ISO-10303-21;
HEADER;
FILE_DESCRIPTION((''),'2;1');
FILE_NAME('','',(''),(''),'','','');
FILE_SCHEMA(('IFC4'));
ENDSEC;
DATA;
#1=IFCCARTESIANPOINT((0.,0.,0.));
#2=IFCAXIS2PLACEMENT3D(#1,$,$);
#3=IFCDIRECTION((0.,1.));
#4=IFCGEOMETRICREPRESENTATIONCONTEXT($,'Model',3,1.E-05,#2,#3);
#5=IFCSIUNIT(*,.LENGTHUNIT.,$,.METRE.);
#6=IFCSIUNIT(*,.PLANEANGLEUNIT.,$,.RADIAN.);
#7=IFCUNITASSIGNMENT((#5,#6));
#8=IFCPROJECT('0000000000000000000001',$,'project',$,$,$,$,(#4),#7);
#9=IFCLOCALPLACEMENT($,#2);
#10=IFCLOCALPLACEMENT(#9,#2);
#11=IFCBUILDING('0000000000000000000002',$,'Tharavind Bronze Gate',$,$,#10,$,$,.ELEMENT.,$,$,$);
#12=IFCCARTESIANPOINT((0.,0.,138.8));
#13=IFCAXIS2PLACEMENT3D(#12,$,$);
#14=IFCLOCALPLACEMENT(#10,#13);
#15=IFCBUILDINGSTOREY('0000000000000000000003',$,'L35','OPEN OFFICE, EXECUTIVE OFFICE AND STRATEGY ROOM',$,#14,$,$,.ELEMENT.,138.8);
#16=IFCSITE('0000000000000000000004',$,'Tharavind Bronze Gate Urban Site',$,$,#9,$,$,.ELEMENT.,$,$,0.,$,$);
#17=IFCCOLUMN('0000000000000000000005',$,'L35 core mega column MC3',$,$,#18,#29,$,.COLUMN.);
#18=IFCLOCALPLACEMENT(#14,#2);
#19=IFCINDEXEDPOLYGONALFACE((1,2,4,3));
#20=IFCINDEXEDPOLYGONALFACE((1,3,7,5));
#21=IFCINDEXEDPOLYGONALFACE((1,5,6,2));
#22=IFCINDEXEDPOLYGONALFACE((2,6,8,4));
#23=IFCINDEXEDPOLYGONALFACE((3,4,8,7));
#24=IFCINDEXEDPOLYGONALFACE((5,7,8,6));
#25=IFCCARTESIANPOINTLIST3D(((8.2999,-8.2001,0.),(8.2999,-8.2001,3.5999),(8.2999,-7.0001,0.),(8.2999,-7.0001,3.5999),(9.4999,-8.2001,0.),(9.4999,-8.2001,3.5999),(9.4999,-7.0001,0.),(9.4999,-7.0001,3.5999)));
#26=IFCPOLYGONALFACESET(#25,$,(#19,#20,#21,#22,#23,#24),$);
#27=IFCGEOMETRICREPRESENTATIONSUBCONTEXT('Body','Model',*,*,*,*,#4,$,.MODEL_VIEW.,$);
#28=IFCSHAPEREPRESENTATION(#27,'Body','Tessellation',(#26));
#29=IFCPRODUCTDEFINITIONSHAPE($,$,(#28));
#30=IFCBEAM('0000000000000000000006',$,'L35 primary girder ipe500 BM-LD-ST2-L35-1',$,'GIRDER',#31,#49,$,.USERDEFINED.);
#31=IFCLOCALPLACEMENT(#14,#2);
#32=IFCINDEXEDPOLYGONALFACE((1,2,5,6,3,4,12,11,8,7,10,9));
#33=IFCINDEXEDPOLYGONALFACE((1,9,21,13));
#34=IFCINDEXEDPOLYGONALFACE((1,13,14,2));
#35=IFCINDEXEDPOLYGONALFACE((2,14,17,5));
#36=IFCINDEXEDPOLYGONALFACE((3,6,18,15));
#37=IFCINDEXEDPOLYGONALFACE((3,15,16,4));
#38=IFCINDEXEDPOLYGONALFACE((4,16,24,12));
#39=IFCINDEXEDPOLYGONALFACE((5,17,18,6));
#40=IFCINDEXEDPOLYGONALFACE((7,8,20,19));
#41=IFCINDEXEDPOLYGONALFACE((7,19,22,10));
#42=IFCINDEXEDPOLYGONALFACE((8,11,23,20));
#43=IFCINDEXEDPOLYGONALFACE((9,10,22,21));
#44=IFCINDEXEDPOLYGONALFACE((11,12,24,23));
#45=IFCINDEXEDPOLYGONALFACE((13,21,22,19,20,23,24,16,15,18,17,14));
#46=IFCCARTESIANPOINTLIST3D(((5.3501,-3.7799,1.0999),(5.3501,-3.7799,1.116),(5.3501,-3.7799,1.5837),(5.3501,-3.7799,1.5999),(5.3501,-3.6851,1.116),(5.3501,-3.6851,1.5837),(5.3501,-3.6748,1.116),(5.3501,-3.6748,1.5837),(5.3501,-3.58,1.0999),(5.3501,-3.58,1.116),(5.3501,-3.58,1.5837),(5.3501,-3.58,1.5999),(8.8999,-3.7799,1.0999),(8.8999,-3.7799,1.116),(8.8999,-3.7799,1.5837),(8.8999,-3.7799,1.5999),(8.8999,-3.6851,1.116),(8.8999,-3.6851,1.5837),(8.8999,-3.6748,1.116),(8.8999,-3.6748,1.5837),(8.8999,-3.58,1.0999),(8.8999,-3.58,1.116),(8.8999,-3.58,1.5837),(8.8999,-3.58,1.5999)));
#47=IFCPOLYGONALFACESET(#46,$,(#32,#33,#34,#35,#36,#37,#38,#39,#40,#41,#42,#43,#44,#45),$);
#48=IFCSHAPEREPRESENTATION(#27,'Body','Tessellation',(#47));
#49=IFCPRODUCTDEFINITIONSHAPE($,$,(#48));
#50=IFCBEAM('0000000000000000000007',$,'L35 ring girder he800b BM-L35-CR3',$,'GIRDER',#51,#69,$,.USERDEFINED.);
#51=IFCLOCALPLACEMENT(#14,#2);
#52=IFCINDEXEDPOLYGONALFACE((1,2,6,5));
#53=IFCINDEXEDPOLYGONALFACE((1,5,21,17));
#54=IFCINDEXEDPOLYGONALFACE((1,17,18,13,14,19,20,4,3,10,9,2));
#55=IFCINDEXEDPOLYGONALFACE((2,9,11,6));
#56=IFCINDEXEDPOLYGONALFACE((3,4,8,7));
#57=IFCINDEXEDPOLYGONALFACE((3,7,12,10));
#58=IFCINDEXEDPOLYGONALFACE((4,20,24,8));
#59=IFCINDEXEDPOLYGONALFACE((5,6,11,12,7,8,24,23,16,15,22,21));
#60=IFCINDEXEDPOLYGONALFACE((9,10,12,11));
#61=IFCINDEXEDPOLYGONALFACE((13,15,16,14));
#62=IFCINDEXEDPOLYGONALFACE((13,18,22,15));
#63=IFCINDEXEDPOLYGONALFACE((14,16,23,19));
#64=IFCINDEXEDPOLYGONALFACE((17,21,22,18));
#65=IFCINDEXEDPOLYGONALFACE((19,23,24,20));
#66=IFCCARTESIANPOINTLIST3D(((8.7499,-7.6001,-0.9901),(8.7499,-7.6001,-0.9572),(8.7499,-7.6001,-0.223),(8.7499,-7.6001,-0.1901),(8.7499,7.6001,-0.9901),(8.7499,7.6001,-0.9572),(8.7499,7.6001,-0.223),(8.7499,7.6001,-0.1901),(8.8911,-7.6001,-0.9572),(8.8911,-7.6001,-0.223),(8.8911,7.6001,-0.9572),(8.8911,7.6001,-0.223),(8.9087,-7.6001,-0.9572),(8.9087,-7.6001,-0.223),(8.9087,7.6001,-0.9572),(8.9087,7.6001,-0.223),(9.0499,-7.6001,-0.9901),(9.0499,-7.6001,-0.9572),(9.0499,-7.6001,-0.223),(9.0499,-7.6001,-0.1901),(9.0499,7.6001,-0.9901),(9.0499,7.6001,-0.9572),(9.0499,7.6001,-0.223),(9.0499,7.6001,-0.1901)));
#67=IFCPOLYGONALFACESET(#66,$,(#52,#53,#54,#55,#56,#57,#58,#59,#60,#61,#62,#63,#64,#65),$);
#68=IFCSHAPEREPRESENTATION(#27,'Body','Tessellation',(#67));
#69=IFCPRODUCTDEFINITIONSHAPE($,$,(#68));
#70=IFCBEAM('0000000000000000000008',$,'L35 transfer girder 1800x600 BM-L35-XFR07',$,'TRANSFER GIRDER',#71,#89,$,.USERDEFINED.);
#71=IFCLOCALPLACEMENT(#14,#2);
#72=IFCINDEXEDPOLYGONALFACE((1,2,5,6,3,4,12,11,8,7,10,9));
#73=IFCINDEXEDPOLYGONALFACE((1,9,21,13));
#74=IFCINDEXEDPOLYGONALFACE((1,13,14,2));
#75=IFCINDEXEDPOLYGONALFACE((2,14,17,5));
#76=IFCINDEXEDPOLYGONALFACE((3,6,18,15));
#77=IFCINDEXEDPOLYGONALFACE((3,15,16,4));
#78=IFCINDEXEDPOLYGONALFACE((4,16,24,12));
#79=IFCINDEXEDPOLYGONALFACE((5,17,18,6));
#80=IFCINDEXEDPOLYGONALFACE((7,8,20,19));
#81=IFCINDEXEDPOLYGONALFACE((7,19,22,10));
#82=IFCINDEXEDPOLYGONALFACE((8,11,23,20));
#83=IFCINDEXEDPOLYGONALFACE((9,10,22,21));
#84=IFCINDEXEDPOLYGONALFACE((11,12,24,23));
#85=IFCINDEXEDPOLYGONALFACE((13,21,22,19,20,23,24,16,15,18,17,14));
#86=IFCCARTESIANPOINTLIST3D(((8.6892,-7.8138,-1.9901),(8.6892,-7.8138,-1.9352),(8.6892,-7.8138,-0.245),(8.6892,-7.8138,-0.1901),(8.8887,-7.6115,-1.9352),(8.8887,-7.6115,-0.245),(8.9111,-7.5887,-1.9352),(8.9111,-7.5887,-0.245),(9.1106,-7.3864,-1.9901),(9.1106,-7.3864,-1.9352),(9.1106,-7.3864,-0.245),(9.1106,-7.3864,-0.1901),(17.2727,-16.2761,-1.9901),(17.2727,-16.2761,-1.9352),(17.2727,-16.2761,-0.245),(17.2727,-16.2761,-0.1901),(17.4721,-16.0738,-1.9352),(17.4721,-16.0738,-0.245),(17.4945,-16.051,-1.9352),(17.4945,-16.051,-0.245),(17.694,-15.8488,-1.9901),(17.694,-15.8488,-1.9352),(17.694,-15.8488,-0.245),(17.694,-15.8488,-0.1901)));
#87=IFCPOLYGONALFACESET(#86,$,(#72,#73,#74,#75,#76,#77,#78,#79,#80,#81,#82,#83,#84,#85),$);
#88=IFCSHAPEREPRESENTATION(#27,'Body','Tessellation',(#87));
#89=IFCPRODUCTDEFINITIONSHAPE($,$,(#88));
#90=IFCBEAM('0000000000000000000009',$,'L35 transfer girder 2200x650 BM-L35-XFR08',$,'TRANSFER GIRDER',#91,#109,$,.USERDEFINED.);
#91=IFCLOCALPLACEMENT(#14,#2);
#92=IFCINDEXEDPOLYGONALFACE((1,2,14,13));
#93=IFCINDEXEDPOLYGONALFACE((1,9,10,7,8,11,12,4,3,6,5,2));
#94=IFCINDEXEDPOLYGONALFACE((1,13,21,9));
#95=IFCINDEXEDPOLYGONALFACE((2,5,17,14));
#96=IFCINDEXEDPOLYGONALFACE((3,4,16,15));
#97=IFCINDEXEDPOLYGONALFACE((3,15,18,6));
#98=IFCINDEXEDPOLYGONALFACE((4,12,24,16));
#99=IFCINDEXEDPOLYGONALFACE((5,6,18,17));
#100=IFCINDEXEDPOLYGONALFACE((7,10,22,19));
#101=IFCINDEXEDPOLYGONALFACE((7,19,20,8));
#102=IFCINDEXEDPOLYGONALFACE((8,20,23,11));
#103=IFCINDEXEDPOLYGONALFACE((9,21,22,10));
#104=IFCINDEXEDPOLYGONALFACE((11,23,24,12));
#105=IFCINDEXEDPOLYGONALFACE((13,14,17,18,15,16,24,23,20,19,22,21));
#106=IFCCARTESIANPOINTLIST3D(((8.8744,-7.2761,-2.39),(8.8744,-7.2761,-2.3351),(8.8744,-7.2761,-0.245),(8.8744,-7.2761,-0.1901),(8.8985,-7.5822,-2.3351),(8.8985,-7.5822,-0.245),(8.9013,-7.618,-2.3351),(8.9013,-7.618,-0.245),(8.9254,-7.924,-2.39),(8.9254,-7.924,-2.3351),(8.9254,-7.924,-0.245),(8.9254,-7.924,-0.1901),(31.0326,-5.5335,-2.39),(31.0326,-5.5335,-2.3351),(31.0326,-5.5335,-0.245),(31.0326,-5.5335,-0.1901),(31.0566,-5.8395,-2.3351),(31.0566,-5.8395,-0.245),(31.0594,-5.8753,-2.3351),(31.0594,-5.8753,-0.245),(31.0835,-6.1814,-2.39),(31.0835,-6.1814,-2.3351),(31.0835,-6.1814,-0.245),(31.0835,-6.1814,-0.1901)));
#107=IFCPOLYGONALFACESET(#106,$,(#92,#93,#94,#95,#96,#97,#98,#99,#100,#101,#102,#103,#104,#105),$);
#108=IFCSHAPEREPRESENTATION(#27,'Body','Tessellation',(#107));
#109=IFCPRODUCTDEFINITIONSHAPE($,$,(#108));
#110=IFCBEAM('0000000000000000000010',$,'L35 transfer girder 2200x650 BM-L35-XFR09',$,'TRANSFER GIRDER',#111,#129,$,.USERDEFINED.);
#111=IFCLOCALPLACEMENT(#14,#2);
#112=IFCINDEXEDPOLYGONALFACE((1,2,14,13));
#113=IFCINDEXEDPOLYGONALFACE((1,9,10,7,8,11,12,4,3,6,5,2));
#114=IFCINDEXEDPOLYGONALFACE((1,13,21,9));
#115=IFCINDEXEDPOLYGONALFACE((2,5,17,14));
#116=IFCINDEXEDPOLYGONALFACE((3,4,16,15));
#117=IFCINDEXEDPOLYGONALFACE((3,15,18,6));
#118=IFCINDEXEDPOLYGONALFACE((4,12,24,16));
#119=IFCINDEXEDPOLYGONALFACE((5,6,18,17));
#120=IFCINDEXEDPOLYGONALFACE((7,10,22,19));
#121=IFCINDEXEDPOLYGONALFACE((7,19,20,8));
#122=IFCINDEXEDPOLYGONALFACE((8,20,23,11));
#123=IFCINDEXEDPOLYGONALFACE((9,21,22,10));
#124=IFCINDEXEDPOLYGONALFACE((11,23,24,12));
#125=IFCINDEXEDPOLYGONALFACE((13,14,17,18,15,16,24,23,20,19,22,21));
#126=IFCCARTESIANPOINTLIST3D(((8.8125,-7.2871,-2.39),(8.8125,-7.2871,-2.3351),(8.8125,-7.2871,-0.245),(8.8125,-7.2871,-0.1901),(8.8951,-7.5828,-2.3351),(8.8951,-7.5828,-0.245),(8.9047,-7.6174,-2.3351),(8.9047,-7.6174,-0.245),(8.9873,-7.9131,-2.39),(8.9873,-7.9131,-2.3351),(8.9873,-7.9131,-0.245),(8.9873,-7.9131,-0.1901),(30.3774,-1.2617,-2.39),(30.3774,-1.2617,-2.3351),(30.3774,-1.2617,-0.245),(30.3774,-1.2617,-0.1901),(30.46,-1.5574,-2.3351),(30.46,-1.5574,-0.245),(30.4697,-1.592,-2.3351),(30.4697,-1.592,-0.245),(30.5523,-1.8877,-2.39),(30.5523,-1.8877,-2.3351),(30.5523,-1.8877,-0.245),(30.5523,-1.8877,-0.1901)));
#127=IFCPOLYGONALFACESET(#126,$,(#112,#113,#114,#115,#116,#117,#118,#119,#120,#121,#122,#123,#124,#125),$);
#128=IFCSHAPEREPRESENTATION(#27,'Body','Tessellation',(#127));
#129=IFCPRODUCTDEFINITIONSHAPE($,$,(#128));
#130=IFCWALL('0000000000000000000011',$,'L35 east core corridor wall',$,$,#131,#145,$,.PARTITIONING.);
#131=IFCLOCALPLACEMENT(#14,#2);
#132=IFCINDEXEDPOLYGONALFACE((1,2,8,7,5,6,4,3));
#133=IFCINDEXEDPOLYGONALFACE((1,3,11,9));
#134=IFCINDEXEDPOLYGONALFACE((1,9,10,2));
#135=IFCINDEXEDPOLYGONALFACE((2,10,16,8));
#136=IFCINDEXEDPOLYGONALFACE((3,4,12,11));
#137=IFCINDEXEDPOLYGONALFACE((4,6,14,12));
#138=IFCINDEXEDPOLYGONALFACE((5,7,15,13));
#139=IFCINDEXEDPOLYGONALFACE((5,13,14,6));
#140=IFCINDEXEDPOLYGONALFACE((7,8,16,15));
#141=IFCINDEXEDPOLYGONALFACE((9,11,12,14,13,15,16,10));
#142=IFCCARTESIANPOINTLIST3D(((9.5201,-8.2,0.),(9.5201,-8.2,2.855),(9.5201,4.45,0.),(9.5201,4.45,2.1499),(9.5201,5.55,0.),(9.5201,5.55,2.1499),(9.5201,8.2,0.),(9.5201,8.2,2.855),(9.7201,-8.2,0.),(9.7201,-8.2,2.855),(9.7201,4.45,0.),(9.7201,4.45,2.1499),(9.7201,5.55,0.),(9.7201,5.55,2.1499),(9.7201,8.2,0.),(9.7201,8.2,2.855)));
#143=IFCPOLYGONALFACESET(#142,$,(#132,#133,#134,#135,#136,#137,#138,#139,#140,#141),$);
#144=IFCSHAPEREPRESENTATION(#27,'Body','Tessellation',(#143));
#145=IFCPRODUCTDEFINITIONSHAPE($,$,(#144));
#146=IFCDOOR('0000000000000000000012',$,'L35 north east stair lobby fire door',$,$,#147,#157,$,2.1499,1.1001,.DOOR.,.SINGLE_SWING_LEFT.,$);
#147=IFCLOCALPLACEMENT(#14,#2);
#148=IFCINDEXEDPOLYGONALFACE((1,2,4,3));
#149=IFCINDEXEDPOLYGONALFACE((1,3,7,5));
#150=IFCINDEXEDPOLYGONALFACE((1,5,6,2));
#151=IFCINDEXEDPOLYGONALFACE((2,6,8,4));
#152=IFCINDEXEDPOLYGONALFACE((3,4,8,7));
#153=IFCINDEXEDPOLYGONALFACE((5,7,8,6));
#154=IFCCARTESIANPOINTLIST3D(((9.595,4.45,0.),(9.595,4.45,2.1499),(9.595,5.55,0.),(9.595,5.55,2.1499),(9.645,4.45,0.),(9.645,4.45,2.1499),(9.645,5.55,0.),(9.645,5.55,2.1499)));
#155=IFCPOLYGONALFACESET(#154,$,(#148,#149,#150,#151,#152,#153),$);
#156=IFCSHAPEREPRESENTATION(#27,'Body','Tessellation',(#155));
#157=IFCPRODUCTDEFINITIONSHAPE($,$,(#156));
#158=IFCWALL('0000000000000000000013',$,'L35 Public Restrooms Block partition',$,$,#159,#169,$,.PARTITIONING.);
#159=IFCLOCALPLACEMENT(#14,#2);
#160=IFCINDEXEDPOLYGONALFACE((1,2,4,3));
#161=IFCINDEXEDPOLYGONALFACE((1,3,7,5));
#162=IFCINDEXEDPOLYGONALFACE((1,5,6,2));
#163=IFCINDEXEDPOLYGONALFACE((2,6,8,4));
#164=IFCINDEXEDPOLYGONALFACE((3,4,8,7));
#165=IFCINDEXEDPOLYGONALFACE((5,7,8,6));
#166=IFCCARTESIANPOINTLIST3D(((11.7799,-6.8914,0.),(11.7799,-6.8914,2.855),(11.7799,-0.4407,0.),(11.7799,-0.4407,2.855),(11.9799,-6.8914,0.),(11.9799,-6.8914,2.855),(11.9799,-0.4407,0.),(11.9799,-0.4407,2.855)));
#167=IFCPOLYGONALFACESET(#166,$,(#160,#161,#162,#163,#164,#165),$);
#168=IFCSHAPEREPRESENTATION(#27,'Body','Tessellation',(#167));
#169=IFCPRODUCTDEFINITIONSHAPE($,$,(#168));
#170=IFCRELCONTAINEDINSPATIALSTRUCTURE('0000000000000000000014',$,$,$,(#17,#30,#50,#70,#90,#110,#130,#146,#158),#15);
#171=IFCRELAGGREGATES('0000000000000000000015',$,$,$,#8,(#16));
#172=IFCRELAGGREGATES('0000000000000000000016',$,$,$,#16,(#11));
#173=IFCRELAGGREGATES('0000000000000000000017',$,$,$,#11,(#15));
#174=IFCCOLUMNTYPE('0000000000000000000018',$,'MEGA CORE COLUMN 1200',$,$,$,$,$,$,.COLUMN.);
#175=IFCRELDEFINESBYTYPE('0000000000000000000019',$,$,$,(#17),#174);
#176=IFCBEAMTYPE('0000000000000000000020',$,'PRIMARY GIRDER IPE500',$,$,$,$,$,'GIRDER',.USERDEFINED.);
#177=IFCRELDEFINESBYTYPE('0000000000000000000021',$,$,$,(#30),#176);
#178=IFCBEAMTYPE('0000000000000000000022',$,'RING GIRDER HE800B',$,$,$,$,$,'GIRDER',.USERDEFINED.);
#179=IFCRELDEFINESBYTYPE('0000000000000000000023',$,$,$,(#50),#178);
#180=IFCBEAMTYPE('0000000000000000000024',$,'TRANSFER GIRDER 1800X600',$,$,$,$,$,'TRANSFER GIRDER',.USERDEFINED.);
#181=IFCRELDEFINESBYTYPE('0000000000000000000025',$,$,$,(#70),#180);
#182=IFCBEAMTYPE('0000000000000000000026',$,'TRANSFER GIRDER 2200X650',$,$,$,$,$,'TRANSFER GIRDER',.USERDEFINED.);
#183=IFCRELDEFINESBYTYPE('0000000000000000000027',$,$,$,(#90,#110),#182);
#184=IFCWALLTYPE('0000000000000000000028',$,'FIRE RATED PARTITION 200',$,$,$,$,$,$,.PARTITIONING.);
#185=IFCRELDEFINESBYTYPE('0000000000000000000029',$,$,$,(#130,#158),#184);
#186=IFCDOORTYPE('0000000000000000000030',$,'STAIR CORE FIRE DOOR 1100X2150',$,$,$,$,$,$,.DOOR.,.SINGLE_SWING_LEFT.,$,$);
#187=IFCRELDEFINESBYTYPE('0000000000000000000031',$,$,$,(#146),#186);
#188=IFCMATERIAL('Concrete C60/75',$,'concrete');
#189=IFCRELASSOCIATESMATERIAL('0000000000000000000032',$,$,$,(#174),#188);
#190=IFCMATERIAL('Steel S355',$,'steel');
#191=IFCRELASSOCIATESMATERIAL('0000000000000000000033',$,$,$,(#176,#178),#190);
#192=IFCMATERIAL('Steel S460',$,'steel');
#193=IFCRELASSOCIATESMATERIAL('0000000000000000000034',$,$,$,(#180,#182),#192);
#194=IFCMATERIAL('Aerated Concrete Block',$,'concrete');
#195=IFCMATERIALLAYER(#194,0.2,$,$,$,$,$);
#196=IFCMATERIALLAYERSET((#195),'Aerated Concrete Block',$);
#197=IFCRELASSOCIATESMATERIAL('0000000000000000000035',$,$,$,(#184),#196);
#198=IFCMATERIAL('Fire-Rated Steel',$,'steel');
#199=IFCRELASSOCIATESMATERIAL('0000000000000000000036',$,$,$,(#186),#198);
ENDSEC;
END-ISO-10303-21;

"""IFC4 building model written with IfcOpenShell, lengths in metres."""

from ifc_helpers import new_model, si_unit, direction, frame, frame_2d, origin, origin_2d, place, context, subcontext, project, spatial, rectangle, i_section, extrude, material, layer, layer_set, material_profile, profile_set, type_object, element, fill, save


model = new_model("IFC4")

# Units and contexts
model_context = context("Model", 3, precision=1e-05, world=origin(), true_north=direction((0.0, 1.0)))
body_context = subcontext(model_context, "Body", "Model", "MODEL_VIEW")
ifc_project = project(units=[si_unit("LENGTHUNIT", "METRE"), si_unit("PLANEANGLEUNIT", "RADIAN")], contexts=[model_context])

# Site, building, storey
site_placement = place(None, origin())
site = spatial("IfcSite", under=ifc_project, at=site_placement, Name="Tharavind Bronze Gate Urban Site", CompositionType="ELEMENT", RefElevation=0.0)
building_placement = place(site_placement, origin())
building = spatial("IfcBuilding", under=site, at=building_placement, Name="Tharavind Bronze Gate", CompositionType="ELEMENT")
storey_placement = place(building_placement, frame((0.0, 0.0, 138.8)))
storey = spatial("IfcBuildingStorey", under=building, at=storey_placement, Name="L35", Description="OPEN OFFICE, EXECUTIVE OFFICE AND STRATEGY ROOM", CompositionType="ELEMENT", Elevation=138.8)

# Column
ifc_material_1 = material(Name="Concrete C60/75", Category="concrete")
ifc_material_profile_1 = material_profile(ifc_material_1, rectangle(XDim=1.2, YDim=1.2, at=origin_2d()), Name="RCCOL1200")
ifc_profile_set_1 = profile_set([ifc_material_profile_1], Name="Concrete C60/75")
column_type = type_object("IfcColumnType", Name="MEGA CORE COLUMN 1200", PredefinedType="COLUMN", material=ifc_profile_set_1)
column_placement = place(storey_placement, frame((8.8999, -7.6001, 0.0), z_axis=(0.0, 0.0, 1.0), x_axis=(1.0, 0.0, 0.0)))
element("IfcColumn", 1, at=column_placement, inside=storey, type_object=column_type, Name="L35 core mega column MC3", PredefinedType="COLUMN", context=body_context, shape_type="SweptSolid", body=[
    extrude(rectangle(XDim=1.2, YDim=1.2, at=origin_2d()), origin(), (0.0, 0.0, 1.0), 3.5999),
])

# Beams
ifc_material_2 = material(Name="Steel S355", Category="steel")
ifc_material_profile_2 = material_profile(ifc_material_2, i_section(OverallWidth=0.2, OverallDepth=0.5, WebThickness=0.0103, FlangeThickness=0.0161, at=origin_2d()), Name="IPE500")
ifc_profile_set_2 = profile_set([ifc_material_profile_2], Name="Steel S355")
beam_type_1 = type_object("IfcBeamType", Name="PRIMARY GIRDER IPE500", ElementType="GIRDER", PredefinedType="USERDEFINED", material=ifc_profile_set_2)
beam_1_placement = place(storey_placement, frame((5.3501, -3.6799, 1.3499), z_axis=(1.0, 0.0, 0.0), x_axis=(0.0, 1.0, 0.0)))
element("IfcBeam", 2, at=beam_1_placement, inside=storey, type_object=beam_type_1, Name="L35 primary girder ipe500 BM-LD-ST2-L35-1", ObjectType="GIRDER", PredefinedType="USERDEFINED", context=body_context, shape_type="SweptSolid", body=[
    extrude(i_section(OverallWidth=0.2, OverallDepth=0.5, WebThickness=0.0103, FlangeThickness=0.0161, at=origin_2d()), origin(), (0.0, 0.0, 1.0), 3.5498),
])
ifc_material_profile_3 = material_profile(ifc_material_2, i_section(OverallWidth=0.3, OverallDepth=0.8, WebThickness=0.0176, FlangeThickness=0.033, at=origin_2d()), Name="HE800B")
ifc_profile_set_3 = profile_set([ifc_material_profile_3], Name="Steel S355")
beam_type_2 = type_object("IfcBeamType", Name="RING GIRDER HE800B", ElementType="GIRDER", PredefinedType="USERDEFINED", material=ifc_profile_set_3)
beam_2_placement = place(storey_placement, frame((8.8999, -7.6001, -0.5901), z_axis=(0.0, 1.0, 0.0), x_axis=(-1.0, 0.0, 0.0)))
element("IfcBeam", 3, at=beam_2_placement, inside=storey, type_object=beam_type_2, Name="L35 ring girder he800b BM-L35-CR3", ObjectType="GIRDER", PredefinedType="USERDEFINED", context=body_context, shape_type="SweptSolid", body=[
    extrude(i_section(OverallWidth=0.3, OverallDepth=0.8, WebThickness=0.0176, FlangeThickness=0.033, at=origin_2d()), origin(), (0.0, 0.0, 1.0), 15.2002),
])
ifc_material_3 = material(Name="Steel S460", Category="steel")
ifc_material_profile_4 = material_profile(ifc_material_3, i_section(OverallWidth=0.6001, OverallDepth=1.8, WebThickness=0.032, FlangeThickness=0.0549, at=origin_2d()), Name="PG1800X600")
ifc_profile_set_4 = profile_set([ifc_material_profile_4], Name="Steel S460")
beam_type_3 = type_object("IfcBeamType", Name="TRANSFER GIRDER 1800X600", ElementType="TRANSFER GIRDER", PredefinedType="USERDEFINED", material=ifc_profile_set_4)
beam_3_placement = place(storey_placement, frame((8.8999, -7.6001, -1.0901), z_axis=(0.712112, -0.702066, 0.0), x_axis=(0.702066, 0.712112, 0.0)))
element("IfcBeam", 4, at=beam_3_placement, inside=storey, type_object=beam_type_3, Name="L35 transfer girder 1800x600 BM-L35-XFR07", ObjectType="TRANSFER GIRDER", PredefinedType="USERDEFINED", context=body_context, shape_type="SweptSolid", body=[
    extrude(i_section(OverallWidth=0.6001, OverallDepth=1.8, WebThickness=0.032, FlangeThickness=0.0549, at=origin_2d()), origin(), (0.0, 0.0, 1.0), 12.0535),
])
ifc_material_profile_5 = material_profile(ifc_material_3, i_section(OverallWidth=0.6499, OverallDepth=2.2, WebThickness=0.0359, FlangeThickness=0.0549, at=origin_2d()), Name="PG2200X650")
ifc_profile_set_5 = profile_set([ifc_material_profile_5], Name="Steel S460")
beam_type_4 = type_object("IfcBeamType", Name="TRANSFER GIRDER 2200X650", ElementType="TRANSFER GIRDER", PredefinedType="USERDEFINED", material=ifc_profile_set_5)
beam_4_placement = place(storey_placement, frame((8.8999, -7.6001, -1.29), z_axis=(0.996922, 0.078405, 0.0), x_axis=(-0.078405, 0.996922, 0.0)))
element("IfcBeam", 5, at=beam_4_placement, inside=storey, type_object=beam_type_4, Name="L35 transfer girder 2200x650 BM-L35-XFR08", ObjectType="TRANSFER GIRDER", PredefinedType="USERDEFINED", context=body_context, shape_type="SweptSolid", body=[
    extrude(i_section(OverallWidth=0.6499, OverallDepth=2.2, WebThickness=0.0359, FlangeThickness=0.0549, at=origin_2d()), origin(), (0.0, 0.0, 1.0), 22.2266),
])
beam_5_placement = place(storey_placement, frame((8.8999, -7.6001, -1.29), z_axis=(0.963112, 0.2691, 0.0), x_axis=(-0.2691, 0.963112, 0.0)))
element("IfcBeam", 6, at=beam_5_placement, inside=storey, type_object=beam_type_4, Name="L35 transfer girder 2200x650 BM-L35-XFR09", ObjectType="TRANSFER GIRDER", PredefinedType="USERDEFINED", context=body_context, shape_type="SweptSolid", body=[
    extrude(i_section(OverallWidth=0.6499, OverallDepth=2.2, WebThickness=0.0359, FlangeThickness=0.0549, at=origin_2d()), origin(), (0.0, 0.0, 1.0), 22.3909),
])

# Wall, opening, door
ifc_material_4 = material(Name="Aerated Concrete Block", Category="concrete")
ifc_layer_1 = layer(ifc_material_4, 0.2)
ifc_layer_set_1 = layer_set([ifc_layer_1], Name="Aerated Concrete Block")
wall_type_1 = type_object("IfcWallType", Name="FIRE RATED PARTITION 200", PredefinedType="PARTITIONING", material=ifc_layer_set_1)
wall_1_placement = place(storey_placement, frame((9.6201, -8.2, 0.0), z_axis=(0.0, 0.0, 1.0), x_axis=(0.0, 1.0, 0.0)))
wall_1 = element("IfcWall", 7, at=wall_1_placement, inside=storey, type_object=wall_type_1, Name="L35 east core corridor wall", PredefinedType="PARTITIONING", context=body_context, shape_type="SweptSolid", body=[
    extrude(rectangle(XDim=16.3999, YDim=0.2, at=frame_2d((8.2, 0.0))), origin(), (0.0, 0.0, 1.0), 2.855),
])
opening_1_placement = place(wall_1_placement, frame((12.6499, 0.0, 0.0)))
opening_1 = element("IfcOpeningElement", 8, at=opening_1_placement, cuts=wall_1, PredefinedType="OPENING", context=body_context, shape_type="SweptSolid", body=[
    extrude(rectangle(XDim=1.1001, YDim=2.1499, at=frame_2d((0.55, 1.075))), frame((0.0, 0.1101, 0.0), z_axis=(0.0, -1.0, 0.0), x_axis=(1.0, 0.0, 0.0)), (0.0, 0.0, 1.0), 0.22),
])
ifc_material_5 = material(Name="Fire-Rated Steel", Category="steel")
door_type_1 = type_object("IfcDoorType", Name="STAIR CORE FIRE DOOR 1100X2150", OperationType="SINGLE_SWING_LEFT", PredefinedType="DOOR", material=ifc_material_5)
door_1_placement = place(opening_1_placement, frame((1.1001, 0.0, 0.0), z_axis=(0.0, 0.0, 1.0), x_axis=(-1.0, 0.0, 0.0)))
door_1 = element("IfcDoor", 9, at=door_1_placement, inside=storey, type_object=door_type_1, Name="L35 north east stair lobby fire door", OperationType="SINGLE_SWING_LEFT", OverallHeight=2.1499, OverallWidth=1.1001, PredefinedType="DOOR", context=body_context, shape_type="SweptSolid", body=[
    extrude(rectangle(XDim=1.1001, YDim=2.1499, at=frame_2d((0.55, 1.075))), frame((0.0, 0.0249, 0.0), z_axis=(0.0, -1.0, 0.0), x_axis=(1.0, 0.0, 0.0)), (0.0, 0.0, 1.0), 0.05),
])
fill(opening_1, door_1)

# Wall
wall_2_placement = place(storey_placement, frame((11.8799, -6.8914, 0.0), z_axis=(0.0, 0.0, 1.0), x_axis=(0.0, 1.0, 0.0)))
element("IfcWall", 10, at=wall_2_placement, inside=storey, type_object=wall_type_1, Name="L35 Public Restrooms Block partition", PredefinedType="PARTITIONING", context=body_context, shape_type="SweptSolid", body=[
    extrude(rectangle(XDim=6.4507, YDim=0.2, at=frame_2d((3.2253, 0.0))), origin(), (0.0, 0.0, 1.0), 2.855),
])

save(model, "model.ifc")
